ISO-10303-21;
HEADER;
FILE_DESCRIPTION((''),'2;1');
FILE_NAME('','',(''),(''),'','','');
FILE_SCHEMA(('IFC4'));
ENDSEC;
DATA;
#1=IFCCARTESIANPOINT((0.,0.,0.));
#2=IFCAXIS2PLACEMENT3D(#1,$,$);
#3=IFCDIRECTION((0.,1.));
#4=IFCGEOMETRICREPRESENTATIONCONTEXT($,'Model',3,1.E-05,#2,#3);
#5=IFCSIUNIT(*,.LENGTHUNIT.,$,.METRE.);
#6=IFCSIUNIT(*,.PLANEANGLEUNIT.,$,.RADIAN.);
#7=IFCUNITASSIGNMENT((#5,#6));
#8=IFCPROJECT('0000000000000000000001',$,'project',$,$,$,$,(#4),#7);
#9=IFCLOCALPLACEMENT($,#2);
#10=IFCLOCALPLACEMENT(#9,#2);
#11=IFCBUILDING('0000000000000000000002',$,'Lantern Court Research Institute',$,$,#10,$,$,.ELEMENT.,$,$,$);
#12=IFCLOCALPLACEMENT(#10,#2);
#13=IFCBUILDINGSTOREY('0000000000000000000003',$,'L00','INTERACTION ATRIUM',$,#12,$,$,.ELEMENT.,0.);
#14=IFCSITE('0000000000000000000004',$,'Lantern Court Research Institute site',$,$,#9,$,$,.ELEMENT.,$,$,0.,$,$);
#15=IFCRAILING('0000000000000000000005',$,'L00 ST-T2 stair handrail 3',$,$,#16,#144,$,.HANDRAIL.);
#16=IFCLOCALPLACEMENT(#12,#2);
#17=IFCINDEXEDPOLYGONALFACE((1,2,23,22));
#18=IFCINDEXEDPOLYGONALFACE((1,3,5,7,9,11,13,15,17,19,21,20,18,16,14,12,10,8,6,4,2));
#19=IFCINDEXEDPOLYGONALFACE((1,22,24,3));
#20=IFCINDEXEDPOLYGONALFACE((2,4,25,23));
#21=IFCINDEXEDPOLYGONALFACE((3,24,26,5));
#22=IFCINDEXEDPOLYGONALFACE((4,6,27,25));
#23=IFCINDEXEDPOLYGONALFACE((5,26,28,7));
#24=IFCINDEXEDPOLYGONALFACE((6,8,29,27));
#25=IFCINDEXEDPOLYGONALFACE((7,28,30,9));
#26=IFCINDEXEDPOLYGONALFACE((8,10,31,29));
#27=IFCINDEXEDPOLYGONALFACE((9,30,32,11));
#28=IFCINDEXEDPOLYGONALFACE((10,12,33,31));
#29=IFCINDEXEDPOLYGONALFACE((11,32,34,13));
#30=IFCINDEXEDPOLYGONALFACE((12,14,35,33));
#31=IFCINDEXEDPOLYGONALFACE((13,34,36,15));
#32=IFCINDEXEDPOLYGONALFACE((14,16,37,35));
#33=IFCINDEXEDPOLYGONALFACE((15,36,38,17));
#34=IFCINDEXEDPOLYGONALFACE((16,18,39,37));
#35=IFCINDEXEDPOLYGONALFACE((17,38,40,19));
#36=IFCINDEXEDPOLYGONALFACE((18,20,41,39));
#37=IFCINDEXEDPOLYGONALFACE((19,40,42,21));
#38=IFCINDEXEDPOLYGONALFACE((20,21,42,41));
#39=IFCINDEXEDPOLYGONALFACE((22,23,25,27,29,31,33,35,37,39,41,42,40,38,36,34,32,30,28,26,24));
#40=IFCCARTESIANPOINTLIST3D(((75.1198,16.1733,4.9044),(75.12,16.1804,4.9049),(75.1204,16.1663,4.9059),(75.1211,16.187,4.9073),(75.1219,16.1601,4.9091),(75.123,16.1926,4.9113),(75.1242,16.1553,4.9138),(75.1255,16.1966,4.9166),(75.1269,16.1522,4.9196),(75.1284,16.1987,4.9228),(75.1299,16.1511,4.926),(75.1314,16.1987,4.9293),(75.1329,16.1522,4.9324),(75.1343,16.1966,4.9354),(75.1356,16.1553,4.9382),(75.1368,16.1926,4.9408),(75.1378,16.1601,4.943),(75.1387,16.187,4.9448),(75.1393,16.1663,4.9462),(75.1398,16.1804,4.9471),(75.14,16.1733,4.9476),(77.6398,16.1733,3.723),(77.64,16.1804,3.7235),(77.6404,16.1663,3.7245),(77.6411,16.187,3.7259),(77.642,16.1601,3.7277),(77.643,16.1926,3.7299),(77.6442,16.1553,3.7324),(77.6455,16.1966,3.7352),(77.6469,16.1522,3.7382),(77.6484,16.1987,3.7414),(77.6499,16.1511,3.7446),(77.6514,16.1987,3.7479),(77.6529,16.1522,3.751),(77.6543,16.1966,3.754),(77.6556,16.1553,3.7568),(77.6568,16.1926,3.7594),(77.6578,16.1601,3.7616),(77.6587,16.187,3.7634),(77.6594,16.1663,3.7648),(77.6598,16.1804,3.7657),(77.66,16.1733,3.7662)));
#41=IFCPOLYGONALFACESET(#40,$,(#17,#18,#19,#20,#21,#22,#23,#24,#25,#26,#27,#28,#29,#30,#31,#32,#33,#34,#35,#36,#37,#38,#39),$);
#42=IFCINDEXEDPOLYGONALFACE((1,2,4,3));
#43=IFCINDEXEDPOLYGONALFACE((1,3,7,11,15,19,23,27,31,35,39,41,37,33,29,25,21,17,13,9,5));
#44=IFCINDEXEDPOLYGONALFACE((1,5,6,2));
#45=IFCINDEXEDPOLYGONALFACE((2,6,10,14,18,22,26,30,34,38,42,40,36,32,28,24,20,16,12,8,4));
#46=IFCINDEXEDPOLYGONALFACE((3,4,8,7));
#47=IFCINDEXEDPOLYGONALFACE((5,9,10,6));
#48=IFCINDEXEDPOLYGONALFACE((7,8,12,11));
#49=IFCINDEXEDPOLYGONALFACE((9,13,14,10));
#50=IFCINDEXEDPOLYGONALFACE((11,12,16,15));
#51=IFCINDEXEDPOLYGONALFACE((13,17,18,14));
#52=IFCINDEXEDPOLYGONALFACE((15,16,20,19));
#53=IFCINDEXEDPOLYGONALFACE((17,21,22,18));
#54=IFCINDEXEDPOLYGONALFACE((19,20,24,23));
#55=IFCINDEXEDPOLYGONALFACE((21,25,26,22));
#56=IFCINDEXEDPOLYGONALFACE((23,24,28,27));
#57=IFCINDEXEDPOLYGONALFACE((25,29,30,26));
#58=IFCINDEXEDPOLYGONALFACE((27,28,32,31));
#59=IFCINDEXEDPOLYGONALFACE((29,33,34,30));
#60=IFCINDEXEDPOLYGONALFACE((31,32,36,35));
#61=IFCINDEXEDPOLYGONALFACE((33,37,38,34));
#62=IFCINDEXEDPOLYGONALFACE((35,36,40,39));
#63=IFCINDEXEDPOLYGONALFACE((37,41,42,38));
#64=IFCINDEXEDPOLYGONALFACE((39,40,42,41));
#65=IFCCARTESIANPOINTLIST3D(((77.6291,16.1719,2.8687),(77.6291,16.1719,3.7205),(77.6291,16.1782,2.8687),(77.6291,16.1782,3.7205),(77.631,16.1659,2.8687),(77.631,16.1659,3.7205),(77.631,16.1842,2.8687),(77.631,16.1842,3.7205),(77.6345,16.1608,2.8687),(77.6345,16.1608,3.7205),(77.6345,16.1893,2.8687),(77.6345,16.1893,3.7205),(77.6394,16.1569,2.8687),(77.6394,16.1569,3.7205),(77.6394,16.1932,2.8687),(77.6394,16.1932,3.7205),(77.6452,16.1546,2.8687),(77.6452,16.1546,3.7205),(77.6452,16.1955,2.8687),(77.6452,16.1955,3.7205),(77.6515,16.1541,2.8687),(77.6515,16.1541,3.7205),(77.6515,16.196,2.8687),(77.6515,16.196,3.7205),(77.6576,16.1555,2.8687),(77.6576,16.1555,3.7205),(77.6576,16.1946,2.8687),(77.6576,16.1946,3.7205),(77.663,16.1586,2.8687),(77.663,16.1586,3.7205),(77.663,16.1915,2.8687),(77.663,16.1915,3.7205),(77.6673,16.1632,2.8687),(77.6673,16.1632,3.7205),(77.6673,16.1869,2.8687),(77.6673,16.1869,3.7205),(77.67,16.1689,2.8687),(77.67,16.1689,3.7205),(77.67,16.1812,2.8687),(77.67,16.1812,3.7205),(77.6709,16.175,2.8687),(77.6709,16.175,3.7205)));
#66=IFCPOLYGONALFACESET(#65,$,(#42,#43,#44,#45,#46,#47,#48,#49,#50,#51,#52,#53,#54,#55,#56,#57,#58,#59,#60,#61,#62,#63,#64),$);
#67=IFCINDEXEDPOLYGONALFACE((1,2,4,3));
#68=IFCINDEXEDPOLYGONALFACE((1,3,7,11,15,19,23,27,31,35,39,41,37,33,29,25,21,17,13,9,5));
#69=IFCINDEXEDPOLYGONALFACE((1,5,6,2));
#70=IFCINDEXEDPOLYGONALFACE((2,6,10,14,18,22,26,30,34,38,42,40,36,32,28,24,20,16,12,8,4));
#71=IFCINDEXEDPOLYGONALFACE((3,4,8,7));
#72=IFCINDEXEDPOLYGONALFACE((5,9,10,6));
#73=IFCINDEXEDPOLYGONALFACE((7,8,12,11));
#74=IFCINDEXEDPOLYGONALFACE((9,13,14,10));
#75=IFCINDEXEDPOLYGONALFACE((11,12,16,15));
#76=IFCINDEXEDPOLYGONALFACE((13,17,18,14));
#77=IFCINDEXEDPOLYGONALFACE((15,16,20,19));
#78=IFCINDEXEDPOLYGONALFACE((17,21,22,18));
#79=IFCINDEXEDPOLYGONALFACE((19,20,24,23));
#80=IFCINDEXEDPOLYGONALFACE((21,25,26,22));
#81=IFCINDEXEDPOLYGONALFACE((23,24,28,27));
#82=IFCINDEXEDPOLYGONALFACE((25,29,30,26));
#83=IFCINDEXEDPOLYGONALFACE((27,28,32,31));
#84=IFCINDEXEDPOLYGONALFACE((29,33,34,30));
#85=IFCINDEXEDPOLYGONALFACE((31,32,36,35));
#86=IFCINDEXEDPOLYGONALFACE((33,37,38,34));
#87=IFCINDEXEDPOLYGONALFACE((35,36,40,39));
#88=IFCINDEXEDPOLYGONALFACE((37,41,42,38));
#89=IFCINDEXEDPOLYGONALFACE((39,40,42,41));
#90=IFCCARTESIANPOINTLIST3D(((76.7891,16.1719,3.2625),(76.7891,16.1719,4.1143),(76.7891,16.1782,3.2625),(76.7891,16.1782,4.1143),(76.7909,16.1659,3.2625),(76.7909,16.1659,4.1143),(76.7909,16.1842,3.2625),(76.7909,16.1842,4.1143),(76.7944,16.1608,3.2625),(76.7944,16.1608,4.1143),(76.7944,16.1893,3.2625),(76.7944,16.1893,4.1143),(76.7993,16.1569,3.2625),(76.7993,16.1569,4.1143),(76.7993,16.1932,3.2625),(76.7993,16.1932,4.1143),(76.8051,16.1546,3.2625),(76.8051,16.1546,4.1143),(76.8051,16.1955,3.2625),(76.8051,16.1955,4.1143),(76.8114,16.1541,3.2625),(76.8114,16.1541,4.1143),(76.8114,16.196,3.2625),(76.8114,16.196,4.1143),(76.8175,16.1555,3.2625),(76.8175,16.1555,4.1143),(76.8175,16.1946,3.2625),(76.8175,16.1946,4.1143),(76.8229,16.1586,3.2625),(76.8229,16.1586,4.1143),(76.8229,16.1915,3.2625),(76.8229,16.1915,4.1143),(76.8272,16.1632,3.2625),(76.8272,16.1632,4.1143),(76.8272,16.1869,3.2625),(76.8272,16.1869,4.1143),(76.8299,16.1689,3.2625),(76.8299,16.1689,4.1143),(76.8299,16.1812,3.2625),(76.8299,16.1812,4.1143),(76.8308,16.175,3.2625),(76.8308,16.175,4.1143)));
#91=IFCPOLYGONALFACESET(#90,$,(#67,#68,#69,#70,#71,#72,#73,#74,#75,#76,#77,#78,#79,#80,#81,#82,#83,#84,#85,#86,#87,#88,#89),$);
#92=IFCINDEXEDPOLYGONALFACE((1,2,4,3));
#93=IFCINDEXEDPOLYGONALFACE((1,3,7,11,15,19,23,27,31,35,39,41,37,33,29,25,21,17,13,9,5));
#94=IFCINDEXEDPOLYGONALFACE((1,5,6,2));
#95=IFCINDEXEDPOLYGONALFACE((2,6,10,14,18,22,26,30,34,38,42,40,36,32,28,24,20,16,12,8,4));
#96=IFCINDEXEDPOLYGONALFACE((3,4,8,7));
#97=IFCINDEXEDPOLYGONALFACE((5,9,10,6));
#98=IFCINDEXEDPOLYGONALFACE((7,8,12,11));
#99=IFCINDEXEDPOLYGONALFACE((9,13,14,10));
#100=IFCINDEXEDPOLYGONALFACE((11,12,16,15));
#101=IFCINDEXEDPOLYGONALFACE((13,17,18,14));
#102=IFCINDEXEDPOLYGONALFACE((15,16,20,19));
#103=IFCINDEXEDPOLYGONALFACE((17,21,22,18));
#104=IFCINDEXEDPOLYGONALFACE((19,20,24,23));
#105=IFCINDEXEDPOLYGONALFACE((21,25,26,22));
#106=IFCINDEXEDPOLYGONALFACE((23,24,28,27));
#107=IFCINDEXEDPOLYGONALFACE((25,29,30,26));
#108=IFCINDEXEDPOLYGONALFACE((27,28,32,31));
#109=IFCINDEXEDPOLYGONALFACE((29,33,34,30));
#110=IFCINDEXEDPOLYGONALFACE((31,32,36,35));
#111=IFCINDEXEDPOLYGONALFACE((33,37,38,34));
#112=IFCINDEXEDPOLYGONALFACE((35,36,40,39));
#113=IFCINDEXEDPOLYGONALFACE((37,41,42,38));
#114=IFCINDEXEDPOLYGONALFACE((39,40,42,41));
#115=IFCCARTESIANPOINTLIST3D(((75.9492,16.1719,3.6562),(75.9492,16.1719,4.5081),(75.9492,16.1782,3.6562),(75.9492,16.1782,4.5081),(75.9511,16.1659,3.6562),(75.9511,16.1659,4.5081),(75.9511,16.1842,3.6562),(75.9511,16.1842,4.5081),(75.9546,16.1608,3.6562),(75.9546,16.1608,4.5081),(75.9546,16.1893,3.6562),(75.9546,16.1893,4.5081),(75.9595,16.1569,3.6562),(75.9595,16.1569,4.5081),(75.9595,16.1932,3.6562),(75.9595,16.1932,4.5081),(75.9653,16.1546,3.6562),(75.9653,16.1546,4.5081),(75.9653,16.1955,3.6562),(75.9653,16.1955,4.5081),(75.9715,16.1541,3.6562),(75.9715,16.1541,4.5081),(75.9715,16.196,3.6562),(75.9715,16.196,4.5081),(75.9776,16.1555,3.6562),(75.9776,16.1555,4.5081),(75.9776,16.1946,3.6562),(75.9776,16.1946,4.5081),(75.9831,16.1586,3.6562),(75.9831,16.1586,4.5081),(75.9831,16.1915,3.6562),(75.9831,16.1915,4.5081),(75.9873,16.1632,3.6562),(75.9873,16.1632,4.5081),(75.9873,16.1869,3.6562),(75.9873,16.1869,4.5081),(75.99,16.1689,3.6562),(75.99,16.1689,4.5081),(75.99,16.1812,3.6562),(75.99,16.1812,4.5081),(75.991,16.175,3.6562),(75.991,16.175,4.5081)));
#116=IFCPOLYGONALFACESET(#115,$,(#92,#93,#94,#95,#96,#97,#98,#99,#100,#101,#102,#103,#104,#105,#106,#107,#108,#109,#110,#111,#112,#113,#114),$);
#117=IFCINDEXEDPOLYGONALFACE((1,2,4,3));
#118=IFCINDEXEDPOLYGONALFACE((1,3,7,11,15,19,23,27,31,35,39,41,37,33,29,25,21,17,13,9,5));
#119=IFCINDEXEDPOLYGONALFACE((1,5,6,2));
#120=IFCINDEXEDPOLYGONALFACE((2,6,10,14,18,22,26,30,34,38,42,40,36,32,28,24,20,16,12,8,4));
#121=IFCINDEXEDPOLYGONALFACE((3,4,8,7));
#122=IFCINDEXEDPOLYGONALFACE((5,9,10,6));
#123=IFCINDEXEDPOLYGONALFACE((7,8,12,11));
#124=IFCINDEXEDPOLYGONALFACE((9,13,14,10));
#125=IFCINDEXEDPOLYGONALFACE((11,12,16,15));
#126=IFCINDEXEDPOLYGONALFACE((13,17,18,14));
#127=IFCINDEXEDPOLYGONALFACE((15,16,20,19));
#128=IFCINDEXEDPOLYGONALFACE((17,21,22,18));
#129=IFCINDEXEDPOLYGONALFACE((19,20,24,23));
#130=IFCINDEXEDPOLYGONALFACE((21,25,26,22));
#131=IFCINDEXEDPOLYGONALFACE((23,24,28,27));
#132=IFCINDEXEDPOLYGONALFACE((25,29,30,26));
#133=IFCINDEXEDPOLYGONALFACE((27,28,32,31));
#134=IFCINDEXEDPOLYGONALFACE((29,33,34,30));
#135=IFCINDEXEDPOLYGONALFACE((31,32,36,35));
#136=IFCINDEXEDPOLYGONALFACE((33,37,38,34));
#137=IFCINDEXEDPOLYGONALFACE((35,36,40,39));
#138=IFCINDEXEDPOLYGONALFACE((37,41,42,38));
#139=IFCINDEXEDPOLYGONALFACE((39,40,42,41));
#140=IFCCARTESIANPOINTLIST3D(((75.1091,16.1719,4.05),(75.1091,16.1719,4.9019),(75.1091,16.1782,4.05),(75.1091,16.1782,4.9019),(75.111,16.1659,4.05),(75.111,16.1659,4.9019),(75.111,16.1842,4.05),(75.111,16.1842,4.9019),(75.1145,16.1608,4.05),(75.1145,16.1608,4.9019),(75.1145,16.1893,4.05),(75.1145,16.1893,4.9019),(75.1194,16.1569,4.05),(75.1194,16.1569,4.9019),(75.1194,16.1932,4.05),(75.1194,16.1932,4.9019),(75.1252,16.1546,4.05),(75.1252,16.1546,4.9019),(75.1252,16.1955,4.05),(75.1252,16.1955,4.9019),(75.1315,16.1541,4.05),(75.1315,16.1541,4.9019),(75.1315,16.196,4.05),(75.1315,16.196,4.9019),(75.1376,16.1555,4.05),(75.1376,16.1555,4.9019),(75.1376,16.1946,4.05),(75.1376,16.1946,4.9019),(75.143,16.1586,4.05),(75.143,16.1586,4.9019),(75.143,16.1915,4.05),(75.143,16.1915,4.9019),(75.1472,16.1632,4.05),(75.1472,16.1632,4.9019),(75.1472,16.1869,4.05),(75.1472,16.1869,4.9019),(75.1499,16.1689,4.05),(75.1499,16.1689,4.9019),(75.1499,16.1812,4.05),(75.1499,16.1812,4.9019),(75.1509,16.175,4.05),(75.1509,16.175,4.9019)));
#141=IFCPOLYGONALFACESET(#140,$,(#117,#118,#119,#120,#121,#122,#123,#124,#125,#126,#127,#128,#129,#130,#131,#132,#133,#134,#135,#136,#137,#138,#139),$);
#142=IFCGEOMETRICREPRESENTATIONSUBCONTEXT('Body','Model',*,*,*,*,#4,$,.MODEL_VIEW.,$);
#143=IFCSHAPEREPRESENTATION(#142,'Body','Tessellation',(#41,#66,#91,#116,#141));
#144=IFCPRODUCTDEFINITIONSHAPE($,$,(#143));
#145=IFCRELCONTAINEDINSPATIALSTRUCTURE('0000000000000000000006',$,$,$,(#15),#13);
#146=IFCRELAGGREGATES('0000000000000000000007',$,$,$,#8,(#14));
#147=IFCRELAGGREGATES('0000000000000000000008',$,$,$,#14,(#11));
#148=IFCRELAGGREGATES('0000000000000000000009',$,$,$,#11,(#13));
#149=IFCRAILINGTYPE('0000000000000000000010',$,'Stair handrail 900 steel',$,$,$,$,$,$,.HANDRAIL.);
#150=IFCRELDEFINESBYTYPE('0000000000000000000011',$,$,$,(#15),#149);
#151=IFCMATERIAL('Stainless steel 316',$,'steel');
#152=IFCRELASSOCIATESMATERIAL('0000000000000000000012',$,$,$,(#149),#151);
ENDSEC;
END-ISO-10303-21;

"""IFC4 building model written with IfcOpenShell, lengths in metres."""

from ifc_helpers import new_model, si_unit, direction, frame, origin, origin_2d, place, context, subcontext, project, spatial, circle, extrude, material, type_object, element, save


model = new_model("IFC4")

# Units and contexts
model_context = context("Model", 3, precision=1e-05, world=origin(), true_north=direction((0.0, 1.0)))
body_context = subcontext(model_context, "Body", "Model", "MODEL_VIEW")
ifc_project = project(units=[si_unit("LENGTHUNIT", "METRE"), si_unit("PLANEANGLEUNIT", "RADIAN")], contexts=[model_context])

# Site, building, storey
site_placement = place(None, origin())
site = spatial("IfcSite", under=ifc_project, at=site_placement, Name="Lantern Court Research Institute site", CompositionType="ELEMENT", RefElevation=0.0)
building_placement = place(site_placement, origin())
building = spatial("IfcBuilding", under=site, at=building_placement, Name="Lantern Court Research Institute", CompositionType="ELEMENT")
storey_placement = place(building_placement, origin())
storey = spatial("IfcBuildingStorey", under=building, at=storey_placement, Name="L00", Description="INTERACTION ATRIUM", CompositionType="ELEMENT", Elevation=0.0)

# Railing
ifc_material_1 = material(Name="Stainless steel 316", Category="steel")
railing_type_1 = type_object("IfcRailingType", Name="Stair handrail 900 steel", PredefinedType="HANDRAIL", material=ifc_material_1)
for number, where, name in (
    (1, (77.6499, 16.175, 2.8687), "L00 ST-T2 stair handrail 3"),
):
    element("IfcRailing", number, at=place(storey_placement, frame(where)), inside=storey, type_object=railing_type_1, Name=name, PredefinedType="HANDRAIL", context=body_context, shape_type="SweptSolid", body=[
        extrude(circle(Radius=0.0239, at=origin_2d()), frame((0.0, 0.0, 0.876), z_axis=(-0.90544, 0.0, 0.424474), x_axis=(0.0, -1.0, 0.0)), (0.0, 0.0, 1.0), 2.7832),
        extrude(circle(Radius=0.021, at=origin_2d()), origin(), (0.0, 0.0, 1.0), 0.8518),
        extrude(circle(Radius=0.021, at=origin_2d()), frame((-0.8401, 0.0, 0.3938)), (0.0, 0.0, 1.0), 0.8518),
        extrude(circle(Radius=0.021, at=origin_2d()), frame((-1.6799, 0.0, 0.7876)), (0.0, 0.0, 1.0), 0.8518),
        extrude(circle(Radius=0.021, at=origin_2d()), frame((-2.52, 0.0, 1.1814)), (0.0, 0.0, 1.0), 0.8518),
    ])

save(model, "model.ifc")
